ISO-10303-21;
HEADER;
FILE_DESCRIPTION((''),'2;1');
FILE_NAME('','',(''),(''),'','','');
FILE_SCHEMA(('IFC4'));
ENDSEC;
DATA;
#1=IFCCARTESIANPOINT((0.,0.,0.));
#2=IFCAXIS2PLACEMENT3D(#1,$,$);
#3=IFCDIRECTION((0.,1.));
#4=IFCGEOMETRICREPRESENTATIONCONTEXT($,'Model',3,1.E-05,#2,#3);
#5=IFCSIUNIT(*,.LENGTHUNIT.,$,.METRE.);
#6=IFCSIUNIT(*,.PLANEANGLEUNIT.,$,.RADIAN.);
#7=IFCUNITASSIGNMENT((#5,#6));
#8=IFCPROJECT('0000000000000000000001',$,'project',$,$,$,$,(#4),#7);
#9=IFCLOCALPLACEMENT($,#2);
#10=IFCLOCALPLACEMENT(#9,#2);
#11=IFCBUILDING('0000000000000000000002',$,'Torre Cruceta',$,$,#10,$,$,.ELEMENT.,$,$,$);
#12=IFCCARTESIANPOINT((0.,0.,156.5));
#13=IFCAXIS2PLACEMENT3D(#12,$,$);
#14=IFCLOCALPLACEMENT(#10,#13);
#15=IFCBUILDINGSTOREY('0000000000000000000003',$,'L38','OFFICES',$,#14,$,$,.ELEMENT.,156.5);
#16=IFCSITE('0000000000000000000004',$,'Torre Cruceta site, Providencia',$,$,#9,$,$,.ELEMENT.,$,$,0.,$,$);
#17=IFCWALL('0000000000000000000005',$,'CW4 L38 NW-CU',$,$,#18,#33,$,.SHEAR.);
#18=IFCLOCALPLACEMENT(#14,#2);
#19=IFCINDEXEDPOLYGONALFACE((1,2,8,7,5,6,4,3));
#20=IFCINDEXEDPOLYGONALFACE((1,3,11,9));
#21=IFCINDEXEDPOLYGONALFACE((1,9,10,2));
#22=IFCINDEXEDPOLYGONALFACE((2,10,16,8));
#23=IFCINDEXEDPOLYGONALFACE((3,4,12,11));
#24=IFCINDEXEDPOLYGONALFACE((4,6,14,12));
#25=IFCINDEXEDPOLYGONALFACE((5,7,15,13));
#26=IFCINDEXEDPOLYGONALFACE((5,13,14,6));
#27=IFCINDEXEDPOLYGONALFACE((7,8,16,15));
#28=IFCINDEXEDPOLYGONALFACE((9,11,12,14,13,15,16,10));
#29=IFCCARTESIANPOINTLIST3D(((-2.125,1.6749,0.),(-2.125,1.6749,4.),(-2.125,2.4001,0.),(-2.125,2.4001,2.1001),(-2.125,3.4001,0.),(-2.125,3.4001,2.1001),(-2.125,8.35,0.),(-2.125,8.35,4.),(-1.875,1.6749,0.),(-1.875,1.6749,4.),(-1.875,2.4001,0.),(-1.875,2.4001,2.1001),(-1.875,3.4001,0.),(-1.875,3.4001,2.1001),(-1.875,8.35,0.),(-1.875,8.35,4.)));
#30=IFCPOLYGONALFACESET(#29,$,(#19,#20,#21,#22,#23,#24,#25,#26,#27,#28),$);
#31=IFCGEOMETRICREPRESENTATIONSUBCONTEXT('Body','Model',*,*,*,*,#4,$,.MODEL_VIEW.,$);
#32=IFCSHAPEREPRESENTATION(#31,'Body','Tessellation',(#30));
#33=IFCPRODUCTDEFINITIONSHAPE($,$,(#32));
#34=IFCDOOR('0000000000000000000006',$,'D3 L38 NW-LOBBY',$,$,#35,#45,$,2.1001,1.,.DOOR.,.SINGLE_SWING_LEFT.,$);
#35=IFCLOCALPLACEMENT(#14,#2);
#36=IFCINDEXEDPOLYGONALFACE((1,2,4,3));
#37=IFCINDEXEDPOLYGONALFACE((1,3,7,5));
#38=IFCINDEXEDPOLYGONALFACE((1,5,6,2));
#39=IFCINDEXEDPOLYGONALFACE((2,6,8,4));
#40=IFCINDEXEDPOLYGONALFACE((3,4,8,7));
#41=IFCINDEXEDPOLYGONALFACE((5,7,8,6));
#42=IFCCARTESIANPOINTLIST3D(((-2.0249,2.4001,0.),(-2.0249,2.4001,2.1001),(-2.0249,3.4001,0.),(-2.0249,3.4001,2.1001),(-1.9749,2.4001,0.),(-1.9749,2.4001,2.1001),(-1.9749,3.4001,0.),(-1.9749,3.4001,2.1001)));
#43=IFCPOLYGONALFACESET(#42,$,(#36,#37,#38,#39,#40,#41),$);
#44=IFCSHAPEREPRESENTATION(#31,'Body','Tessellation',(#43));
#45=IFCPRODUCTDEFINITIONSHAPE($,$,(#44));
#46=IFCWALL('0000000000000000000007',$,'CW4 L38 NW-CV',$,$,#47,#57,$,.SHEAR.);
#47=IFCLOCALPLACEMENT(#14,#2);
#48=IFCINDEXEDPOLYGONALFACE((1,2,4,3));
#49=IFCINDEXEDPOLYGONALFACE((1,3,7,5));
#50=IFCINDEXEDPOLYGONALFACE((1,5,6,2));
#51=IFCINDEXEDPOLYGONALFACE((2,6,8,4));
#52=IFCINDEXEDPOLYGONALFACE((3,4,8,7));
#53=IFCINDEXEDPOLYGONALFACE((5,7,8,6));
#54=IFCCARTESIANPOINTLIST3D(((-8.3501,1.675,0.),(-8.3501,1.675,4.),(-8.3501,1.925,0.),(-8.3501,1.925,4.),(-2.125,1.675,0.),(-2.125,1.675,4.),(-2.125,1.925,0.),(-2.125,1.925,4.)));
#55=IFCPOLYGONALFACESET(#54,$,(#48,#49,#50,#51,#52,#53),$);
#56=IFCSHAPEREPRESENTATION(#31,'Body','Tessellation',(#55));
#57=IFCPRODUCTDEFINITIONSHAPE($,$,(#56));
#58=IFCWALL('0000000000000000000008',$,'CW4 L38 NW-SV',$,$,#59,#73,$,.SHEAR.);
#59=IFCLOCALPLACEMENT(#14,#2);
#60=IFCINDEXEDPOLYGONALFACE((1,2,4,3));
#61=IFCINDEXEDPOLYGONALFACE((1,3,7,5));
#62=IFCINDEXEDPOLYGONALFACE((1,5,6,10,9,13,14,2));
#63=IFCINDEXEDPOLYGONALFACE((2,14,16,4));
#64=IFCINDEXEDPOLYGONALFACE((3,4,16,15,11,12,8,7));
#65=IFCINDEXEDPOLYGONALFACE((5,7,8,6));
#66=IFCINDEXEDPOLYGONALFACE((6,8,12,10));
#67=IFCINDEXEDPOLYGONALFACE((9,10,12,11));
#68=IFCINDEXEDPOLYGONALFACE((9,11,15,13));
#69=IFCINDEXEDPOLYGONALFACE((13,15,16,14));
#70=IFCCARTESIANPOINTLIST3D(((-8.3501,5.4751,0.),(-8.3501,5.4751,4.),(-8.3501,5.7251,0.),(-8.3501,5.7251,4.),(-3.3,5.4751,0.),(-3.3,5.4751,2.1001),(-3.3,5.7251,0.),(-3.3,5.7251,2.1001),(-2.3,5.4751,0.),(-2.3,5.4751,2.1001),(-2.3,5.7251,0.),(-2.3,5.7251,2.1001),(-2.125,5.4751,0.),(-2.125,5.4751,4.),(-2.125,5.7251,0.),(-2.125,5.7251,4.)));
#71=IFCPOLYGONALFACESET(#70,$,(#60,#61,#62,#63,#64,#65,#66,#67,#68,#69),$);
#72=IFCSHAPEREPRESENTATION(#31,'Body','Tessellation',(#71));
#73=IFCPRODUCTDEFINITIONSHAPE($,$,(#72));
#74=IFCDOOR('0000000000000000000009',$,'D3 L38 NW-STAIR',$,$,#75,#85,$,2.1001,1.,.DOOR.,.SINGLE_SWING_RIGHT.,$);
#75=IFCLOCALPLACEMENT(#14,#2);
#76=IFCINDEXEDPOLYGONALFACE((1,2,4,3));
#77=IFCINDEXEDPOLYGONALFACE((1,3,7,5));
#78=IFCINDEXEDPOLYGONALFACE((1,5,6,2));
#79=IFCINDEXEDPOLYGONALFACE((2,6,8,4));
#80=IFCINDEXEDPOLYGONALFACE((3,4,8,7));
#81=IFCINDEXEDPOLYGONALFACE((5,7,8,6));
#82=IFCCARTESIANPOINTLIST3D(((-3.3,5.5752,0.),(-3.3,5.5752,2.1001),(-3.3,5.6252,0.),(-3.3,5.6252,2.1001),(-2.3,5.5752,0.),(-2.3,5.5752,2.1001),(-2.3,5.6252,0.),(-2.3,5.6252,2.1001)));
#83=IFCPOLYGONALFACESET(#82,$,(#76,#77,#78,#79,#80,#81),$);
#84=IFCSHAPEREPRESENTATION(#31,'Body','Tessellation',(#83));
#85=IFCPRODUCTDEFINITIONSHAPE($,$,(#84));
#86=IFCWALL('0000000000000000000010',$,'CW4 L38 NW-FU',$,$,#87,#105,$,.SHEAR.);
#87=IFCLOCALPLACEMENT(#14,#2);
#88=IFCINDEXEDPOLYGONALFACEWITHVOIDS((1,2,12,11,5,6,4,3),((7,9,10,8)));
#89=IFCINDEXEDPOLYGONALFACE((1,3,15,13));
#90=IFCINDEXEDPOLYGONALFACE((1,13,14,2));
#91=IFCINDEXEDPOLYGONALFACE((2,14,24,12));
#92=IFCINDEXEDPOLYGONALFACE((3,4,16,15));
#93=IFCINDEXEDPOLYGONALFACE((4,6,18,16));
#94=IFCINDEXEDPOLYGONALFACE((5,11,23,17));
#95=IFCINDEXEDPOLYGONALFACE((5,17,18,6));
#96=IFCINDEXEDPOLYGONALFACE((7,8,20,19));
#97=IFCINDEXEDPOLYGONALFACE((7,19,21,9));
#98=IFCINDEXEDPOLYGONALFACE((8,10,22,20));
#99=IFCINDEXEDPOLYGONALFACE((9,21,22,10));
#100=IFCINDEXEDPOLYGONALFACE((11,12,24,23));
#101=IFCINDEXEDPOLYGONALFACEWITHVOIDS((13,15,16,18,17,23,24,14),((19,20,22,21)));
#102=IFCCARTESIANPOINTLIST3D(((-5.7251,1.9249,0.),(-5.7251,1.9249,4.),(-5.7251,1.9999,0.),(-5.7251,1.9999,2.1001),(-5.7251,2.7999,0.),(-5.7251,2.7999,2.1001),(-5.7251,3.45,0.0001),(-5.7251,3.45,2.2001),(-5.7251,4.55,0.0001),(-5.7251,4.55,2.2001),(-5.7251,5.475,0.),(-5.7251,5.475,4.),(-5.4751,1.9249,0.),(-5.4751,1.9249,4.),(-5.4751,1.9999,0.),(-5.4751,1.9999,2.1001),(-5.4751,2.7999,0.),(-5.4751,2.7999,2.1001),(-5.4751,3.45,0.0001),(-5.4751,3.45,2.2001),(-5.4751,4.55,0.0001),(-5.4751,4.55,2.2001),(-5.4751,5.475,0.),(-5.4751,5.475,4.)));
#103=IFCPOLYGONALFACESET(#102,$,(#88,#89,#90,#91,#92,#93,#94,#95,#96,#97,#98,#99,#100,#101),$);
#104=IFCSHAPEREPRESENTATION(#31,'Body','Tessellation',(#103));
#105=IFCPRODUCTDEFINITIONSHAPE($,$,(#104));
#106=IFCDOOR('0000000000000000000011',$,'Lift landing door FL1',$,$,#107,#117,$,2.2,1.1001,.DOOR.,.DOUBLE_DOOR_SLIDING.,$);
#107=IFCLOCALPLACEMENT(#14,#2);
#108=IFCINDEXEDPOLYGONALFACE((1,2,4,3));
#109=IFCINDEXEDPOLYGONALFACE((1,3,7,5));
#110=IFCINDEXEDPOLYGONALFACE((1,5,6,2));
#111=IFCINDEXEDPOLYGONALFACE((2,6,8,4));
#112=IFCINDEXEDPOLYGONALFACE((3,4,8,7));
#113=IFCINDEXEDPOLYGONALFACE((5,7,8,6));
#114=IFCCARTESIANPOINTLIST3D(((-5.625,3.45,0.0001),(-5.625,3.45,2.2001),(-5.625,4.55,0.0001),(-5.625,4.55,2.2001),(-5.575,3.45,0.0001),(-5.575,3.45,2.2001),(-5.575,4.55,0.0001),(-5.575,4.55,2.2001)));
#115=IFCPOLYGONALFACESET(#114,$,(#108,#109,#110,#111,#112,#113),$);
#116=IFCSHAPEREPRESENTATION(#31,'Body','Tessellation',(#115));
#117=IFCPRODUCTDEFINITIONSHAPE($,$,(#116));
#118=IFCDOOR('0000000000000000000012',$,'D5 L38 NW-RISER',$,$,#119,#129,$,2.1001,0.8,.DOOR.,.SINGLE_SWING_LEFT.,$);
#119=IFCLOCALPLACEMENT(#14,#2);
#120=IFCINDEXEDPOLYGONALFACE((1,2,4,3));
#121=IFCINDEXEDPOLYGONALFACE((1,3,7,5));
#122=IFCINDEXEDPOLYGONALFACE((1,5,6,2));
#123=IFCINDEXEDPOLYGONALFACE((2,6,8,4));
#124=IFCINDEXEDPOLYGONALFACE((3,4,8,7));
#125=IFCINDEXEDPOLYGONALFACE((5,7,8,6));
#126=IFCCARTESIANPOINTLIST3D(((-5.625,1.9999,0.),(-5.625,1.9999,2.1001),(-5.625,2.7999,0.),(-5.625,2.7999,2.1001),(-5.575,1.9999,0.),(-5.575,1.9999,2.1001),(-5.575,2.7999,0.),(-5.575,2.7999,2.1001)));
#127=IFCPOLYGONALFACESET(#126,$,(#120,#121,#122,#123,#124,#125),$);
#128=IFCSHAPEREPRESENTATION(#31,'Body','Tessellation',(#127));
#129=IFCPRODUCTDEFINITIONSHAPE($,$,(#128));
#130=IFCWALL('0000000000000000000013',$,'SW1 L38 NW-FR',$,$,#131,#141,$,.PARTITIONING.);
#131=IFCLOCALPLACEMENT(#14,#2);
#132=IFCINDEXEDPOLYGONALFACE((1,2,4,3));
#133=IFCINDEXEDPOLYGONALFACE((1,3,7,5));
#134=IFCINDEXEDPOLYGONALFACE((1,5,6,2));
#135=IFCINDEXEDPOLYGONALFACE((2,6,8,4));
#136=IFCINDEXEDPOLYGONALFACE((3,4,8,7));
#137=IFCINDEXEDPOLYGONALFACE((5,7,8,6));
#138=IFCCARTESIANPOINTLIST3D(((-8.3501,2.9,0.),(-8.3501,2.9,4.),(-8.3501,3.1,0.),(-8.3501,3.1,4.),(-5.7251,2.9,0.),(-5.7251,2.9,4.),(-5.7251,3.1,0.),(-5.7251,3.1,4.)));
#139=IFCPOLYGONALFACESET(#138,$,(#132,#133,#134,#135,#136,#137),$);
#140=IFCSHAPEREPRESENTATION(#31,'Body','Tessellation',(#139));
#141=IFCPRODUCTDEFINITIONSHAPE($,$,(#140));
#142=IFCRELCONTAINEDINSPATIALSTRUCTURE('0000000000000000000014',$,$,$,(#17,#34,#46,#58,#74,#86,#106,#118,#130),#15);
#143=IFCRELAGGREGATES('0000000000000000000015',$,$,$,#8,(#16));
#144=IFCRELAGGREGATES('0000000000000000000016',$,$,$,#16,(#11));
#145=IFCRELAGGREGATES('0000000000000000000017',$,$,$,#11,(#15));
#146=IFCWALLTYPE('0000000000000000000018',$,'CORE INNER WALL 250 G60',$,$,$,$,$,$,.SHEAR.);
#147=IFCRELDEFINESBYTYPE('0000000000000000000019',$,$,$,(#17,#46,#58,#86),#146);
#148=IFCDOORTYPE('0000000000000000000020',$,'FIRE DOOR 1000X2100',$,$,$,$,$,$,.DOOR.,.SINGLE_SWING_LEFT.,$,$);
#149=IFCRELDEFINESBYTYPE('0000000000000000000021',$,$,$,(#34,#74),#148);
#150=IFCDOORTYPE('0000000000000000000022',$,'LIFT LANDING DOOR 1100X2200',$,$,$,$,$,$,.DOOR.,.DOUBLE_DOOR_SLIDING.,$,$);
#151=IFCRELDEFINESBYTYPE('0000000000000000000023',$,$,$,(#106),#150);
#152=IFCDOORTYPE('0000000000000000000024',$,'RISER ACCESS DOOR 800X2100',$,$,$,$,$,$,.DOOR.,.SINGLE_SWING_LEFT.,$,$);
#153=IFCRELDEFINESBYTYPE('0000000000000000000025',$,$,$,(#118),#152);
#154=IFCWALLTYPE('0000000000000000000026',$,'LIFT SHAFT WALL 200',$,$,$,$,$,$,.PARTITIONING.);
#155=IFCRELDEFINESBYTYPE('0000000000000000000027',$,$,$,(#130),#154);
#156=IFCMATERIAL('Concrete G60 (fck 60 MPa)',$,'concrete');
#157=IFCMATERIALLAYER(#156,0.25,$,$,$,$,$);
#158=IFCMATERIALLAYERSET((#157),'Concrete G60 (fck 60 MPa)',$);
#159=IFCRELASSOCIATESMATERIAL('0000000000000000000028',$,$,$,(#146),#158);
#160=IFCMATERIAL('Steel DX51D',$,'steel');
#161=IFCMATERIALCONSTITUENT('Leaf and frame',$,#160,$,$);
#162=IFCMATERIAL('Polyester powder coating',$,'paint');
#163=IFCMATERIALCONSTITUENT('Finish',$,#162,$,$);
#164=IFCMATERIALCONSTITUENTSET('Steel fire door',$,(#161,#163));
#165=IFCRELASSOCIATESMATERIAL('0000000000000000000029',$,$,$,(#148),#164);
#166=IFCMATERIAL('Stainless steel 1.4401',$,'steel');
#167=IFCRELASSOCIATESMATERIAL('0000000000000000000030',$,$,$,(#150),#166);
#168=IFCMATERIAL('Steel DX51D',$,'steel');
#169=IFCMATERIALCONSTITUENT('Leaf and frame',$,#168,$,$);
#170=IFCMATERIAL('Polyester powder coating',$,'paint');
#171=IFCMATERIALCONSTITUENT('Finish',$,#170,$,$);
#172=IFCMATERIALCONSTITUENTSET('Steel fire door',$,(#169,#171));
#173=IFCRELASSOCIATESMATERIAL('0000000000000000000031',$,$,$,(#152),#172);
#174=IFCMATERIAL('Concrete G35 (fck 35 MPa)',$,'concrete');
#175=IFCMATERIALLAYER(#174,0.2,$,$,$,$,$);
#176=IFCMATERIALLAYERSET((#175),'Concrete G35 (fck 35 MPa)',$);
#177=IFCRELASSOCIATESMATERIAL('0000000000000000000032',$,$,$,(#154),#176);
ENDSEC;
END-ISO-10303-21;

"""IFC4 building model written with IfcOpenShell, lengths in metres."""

from ifc_helpers import new_model, si_unit, direction, frame, frame_2d, origin, place, context, subcontext, project, spatial, rectangle, extrude, material, layer, layer_set, constituent, constituent_set, type_object, element, fill, save


model = new_model("IFC4")

# Units and contexts
model_context = context("Model", 3, precision=1e-05, world=origin(), true_north=direction((0.0, 1.0)))
body_context = subcontext(model_context, "Body", "Model", "MODEL_VIEW")
ifc_project = project(units=[si_unit("LENGTHUNIT", "METRE"), si_unit("PLANEANGLEUNIT", "RADIAN")], contexts=[model_context])

# Site, building, storey
site_placement = place(None, origin())
site = spatial("IfcSite", under=ifc_project, at=site_placement, Name="Torre Cruceta site, Providencia", CompositionType="ELEMENT", RefElevation=0.0)
building_placement = place(site_placement, origin())
building = spatial("IfcBuilding", under=site, at=building_placement, Name="Torre Cruceta", CompositionType="ELEMENT")
storey_placement = place(building_placement, frame((0.0, 0.0, 156.5)))
storey = spatial("IfcBuildingStorey", under=building, at=storey_placement, Name="L38", Description="OFFICES", CompositionType="ELEMENT", Elevation=156.5)

# Wall, opening, door
ifc_material_1 = material(Name="Concrete G60 (fck 60 MPa)", Category="concrete")
ifc_layer_1 = layer(ifc_material_1, 0.25)
ifc_layer_set_1 = layer_set([ifc_layer_1], Name="Concrete G60 (fck 60 MPa)")
wall_type_1 = type_object("IfcWallType", Name="CORE INNER WALL 250 G60", PredefinedType="SHEAR", material=ifc_layer_set_1)
wall_1_placement = place(storey_placement, frame((-2.0, 1.675, 0.0), z_axis=(0.0, 0.0, 1.0), x_axis=(0.0, 1.0, 0.0)))
wall_1 = element("IfcWall", 1, at=wall_1_placement, inside=storey, type_object=wall_type_1, Name="CW4 L38 NW-CU", PredefinedType="SHEAR", context=body_context, shape_type="SweptSolid", body=[
    extrude(rectangle(XDim=6.675, YDim=0.25, at=frame_2d((3.3374, 0.0))), origin(), (0.0, 0.0, 1.0), 4.0),
])
opening_1_placement = place(wall_1_placement, frame((0.7251, 0.0, 0.0)))
opening_1 = element("IfcOpeningElement", 2, at=opening_1_placement, cuts=wall_1, PredefinedType="OPENING", context=body_context, shape_type="SweptSolid", body=[
    extrude(rectangle(XDim=1.0, YDim=2.1001, at=frame_2d((0.5, 1.05))), frame((0.0, 0.135, 0.0), z_axis=(0.0, -1.0, 0.0), x_axis=(1.0, 0.0, 0.0)), (0.0, 0.0, 1.0), 0.27),
])
ifc_material_2 = material(Name="Steel DX51D", Category="steel")
ifc_constituent_1 = constituent(ifc_material_2, Name="Leaf and frame")
ifc_material_3 = material(Name="Polyester powder coating", Category="paint")
ifc_constituent_2 = constituent(ifc_material_3, Name="Finish")
ifc_constituent_set_1 = constituent_set(constituents=[ifc_constituent_1, ifc_constituent_2], Name="Steel fire door")
door_type_1 = type_object("IfcDoorType", Name="FIRE DOOR 1000X2100", OperationType="SINGLE_SWING_LEFT", PredefinedType="DOOR", material=ifc_constituent_set_1)
door_1_placement = place(opening_1_placement, origin())
door_1 = element("IfcDoor", 3, at=door_1_placement, inside=storey, type_object=door_type_1, Name="D3 L38 NW-LOBBY", OperationType="SINGLE_SWING_LEFT", OverallHeight=2.1001, OverallWidth=1.0, PredefinedType="DOOR", context=body_context, shape_type="SweptSolid", body=[
    extrude(rectangle(XDim=1.0, YDim=2.1001, at=frame_2d((0.5, 1.05))), frame((0.0, 0.0249, 0.0), z_axis=(0.0, -1.0, 0.0), x_axis=(1.0, 0.0, 0.0)), (0.0, 0.0, 1.0), 0.05),
])
fill(opening_1, door_1)

# Wall
wall_2_placement = place(storey_placement, frame((-2.125, 1.8, 0.0), z_axis=(0.0, 0.0, 1.0), x_axis=(-1.0, 0.0, 0.0)))
element("IfcWall", 4, at=wall_2_placement, inside=storey, type_object=wall_type_1, Name="CW4 L38 NW-CV", PredefinedType="SHEAR", context=body_context, shape_type="SweptSolid", body=[
    extrude(rectangle(XDim=6.2251, YDim=0.25, at=frame_2d((3.1125, 0.0))), origin(), (0.0, 0.0, 1.0), 4.0),
])

# Wall, opening, door
wall_3_placement = place(storey_placement, frame((-2.125, 5.6001, 0.0), z_axis=(0.0, 0.0, 1.0), x_axis=(-1.0, 0.0, 0.0)))
wall_3 = element("IfcWall", 5, at=wall_3_placement, inside=storey, type_object=wall_type_1, Name="CW4 L38 NW-SV", PredefinedType="SHEAR", context=body_context, shape_type="SweptSolid", body=[
    extrude(rectangle(XDim=6.2251, YDim=0.25, at=frame_2d((3.1125, 0.0))), origin(), (0.0, 0.0, 1.0), 4.0),
])
opening_2_placement = place(wall_3_placement, frame((0.175, 0.0, 0.0)))
opening_2 = element("IfcOpeningElement", 6, at=opening_2_placement, cuts=wall_3, PredefinedType="OPENING", context=body_context, shape_type="SweptSolid", body=[
    extrude(rectangle(XDim=1.0, YDim=2.1001, at=frame_2d((0.5, 1.05))), frame((0.0, 0.135, 0.0), z_axis=(0.0, -1.0, 0.0), x_axis=(1.0, 0.0, 0.0)), (0.0, 0.0, 1.0), 0.27),
])
door_2_placement = place(opening_2_placement, frame((1.0, 0.0, 0.0), z_axis=(0.0, 0.0, 1.0), x_axis=(-1.0, 0.0, 0.0)))
door_2 = element("IfcDoor", 7, at=door_2_placement, inside=storey, type_object=door_type_1, Name="D3 L38 NW-STAIR", OperationType="SINGLE_SWING_RIGHT", OverallHeight=2.1001, OverallWidth=1.0, PredefinedType="DOOR", context=body_context, shape_type="SweptSolid", body=[
    extrude(rectangle(XDim=1.0, YDim=2.1001, at=frame_2d((0.5, 1.05))), frame((0.0, 0.0251, 0.0), z_axis=(0.0, -1.0, 0.0), x_axis=(1.0, 0.0, 0.0)), (0.0, 0.0, 1.0), 0.05),
])
fill(opening_2, door_2)

# Wall, openings, doors
wall_4_placement = place(storey_placement, frame((-5.6001, 1.925, 0.0), z_axis=(0.0, 0.0, 1.0), x_axis=(0.0, 1.0, 0.0)))
wall_4 = element("IfcWall", 8, at=wall_4_placement, inside=storey, type_object=wall_type_1, Name="CW4 L38 NW-FU", PredefinedType="SHEAR", context=body_context, shape_type="SweptSolid", body=[
    extrude(rectangle(XDim=3.55, YDim=0.25, at=frame_2d((1.7749, 0.0))), origin(), (0.0, 0.0, 1.0), 4.0),
])
opening_3_placement = place(wall_4_placement, frame((1.5249, 0.0, 0.0)))
opening_3 = element("IfcOpeningElement", 9, at=opening_3_placement, cuts=wall_4, PredefinedType="OPENING", context=body_context, shape_type="SweptSolid", body=[
    extrude(rectangle(XDim=1.1001, YDim=2.2, at=frame_2d((0.55, 1.1001))), frame((0.0, 0.135, 0.0), z_axis=(0.0, -1.0, 0.0), x_axis=(1.0, 0.0, 0.0)), (0.0, 0.0, 1.0), 0.27),
])
opening_4_placement = place(wall_4_placement, frame((0.075, 0.0, 0.0)))
opening_4 = element("IfcOpeningElement", 10, at=opening_4_placement, cuts=wall_4, PredefinedType="OPENING", context=body_context, shape_type="SweptSolid", body=[
    extrude(rectangle(XDim=0.8, YDim=2.1001, at=frame_2d((0.3999, 1.05))), frame((0.0, 0.135, 0.0), z_axis=(0.0, -1.0, 0.0), x_axis=(1.0, 0.0, 0.0)), (0.0, 0.0, 1.0), 0.27),
])
ifc_material_4 = material(Name="Stainless steel 1.4401", Category="steel")
door_type_2 = type_object("IfcDoorType", Name="LIFT LANDING DOOR 1100X2200", OperationType="DOUBLE_DOOR_SLIDING", PredefinedType="DOOR", material=ifc_material_4)
door_3_placement = place(opening_3_placement, origin())
door_3 = element("IfcDoor", 11, at=door_3_placement, inside=storey, type_object=door_type_2, Name="Lift landing door FL1", OperationType="DOUBLE_DOOR_SLIDING", OverallHeight=2.2, OverallWidth=1.1001, PredefinedType="DOOR", context=body_context, shape_type="SweptSolid", body=[
    extrude(rectangle(XDim=1.1001, YDim=2.2, at=frame_2d((0.55, 1.1001))), frame((0.0, 0.0249, 0.0), z_axis=(0.0, -1.0, 0.0), x_axis=(1.0, 0.0, 0.0)), (0.0, 0.0, 1.0), 0.05),
])
fill(opening_3, door_3)
ifc_material_5 = material(Name="Steel DX51D", Category="steel")
ifc_constituent_3 = constituent(ifc_material_5, Name="Leaf and frame")
ifc_material_6 = material(Name="Polyester powder coating", Category="paint")
ifc_constituent_4 = constituent(ifc_material_6, Name="Finish")
ifc_constituent_set_2 = constituent_set(constituents=[ifc_constituent_3, ifc_constituent_4], Name="Steel fire door")
door_type_3 = type_object("IfcDoorType", Name="RISER ACCESS DOOR 800X2100", OperationType="SINGLE_SWING_LEFT", PredefinedType="DOOR", material=ifc_constituent_set_2)
door_4_placement = place(opening_4_placement, origin())
door_4 = element("IfcDoor", 12, at=door_4_placement, inside=storey, type_object=door_type_3, Name="D5 L38 NW-RISER", OperationType="SINGLE_SWING_LEFT", OverallHeight=2.1001, OverallWidth=0.8, PredefinedType="DOOR", context=body_context, shape_type="SweptSolid", body=[
    extrude(rectangle(XDim=0.8, YDim=2.1001, at=frame_2d((0.3999, 1.05))), frame((0.0, 0.0249, 0.0), z_axis=(0.0, -1.0, 0.0), x_axis=(1.0, 0.0, 0.0)), (0.0, 0.0, 1.0), 0.05),
])
fill(opening_4, door_4)

# Wall
ifc_material_7 = material(Name="Concrete G35 (fck 35 MPa)", Category="concrete")
ifc_layer_2 = layer(ifc_material_7, 0.2)
ifc_layer_set_2 = layer_set([ifc_layer_2], Name="Concrete G35 (fck 35 MPa)")
wall_type_2 = type_object("IfcWallType", Name="LIFT SHAFT WALL 200", PredefinedType="PARTITIONING", material=ifc_layer_set_2)
wall_5_placement = place(storey_placement, frame((-5.7251, 3.0, 0.0), z_axis=(0.0, 0.0, 1.0), x_axis=(-1.0, 0.0, 0.0)))
element("IfcWall", 13, at=wall_5_placement, inside=storey, type_object=wall_type_2, Name="SW1 L38 NW-FR", PredefinedType="PARTITIONING", context=body_context, shape_type="SweptSolid", body=[
    extrude(rectangle(XDim=2.625, YDim=0.2, at=frame_2d((1.3125, 0.0))), origin(), (0.0, 0.0, 1.0), 4.0),
])

save(model, "model.ifc")
